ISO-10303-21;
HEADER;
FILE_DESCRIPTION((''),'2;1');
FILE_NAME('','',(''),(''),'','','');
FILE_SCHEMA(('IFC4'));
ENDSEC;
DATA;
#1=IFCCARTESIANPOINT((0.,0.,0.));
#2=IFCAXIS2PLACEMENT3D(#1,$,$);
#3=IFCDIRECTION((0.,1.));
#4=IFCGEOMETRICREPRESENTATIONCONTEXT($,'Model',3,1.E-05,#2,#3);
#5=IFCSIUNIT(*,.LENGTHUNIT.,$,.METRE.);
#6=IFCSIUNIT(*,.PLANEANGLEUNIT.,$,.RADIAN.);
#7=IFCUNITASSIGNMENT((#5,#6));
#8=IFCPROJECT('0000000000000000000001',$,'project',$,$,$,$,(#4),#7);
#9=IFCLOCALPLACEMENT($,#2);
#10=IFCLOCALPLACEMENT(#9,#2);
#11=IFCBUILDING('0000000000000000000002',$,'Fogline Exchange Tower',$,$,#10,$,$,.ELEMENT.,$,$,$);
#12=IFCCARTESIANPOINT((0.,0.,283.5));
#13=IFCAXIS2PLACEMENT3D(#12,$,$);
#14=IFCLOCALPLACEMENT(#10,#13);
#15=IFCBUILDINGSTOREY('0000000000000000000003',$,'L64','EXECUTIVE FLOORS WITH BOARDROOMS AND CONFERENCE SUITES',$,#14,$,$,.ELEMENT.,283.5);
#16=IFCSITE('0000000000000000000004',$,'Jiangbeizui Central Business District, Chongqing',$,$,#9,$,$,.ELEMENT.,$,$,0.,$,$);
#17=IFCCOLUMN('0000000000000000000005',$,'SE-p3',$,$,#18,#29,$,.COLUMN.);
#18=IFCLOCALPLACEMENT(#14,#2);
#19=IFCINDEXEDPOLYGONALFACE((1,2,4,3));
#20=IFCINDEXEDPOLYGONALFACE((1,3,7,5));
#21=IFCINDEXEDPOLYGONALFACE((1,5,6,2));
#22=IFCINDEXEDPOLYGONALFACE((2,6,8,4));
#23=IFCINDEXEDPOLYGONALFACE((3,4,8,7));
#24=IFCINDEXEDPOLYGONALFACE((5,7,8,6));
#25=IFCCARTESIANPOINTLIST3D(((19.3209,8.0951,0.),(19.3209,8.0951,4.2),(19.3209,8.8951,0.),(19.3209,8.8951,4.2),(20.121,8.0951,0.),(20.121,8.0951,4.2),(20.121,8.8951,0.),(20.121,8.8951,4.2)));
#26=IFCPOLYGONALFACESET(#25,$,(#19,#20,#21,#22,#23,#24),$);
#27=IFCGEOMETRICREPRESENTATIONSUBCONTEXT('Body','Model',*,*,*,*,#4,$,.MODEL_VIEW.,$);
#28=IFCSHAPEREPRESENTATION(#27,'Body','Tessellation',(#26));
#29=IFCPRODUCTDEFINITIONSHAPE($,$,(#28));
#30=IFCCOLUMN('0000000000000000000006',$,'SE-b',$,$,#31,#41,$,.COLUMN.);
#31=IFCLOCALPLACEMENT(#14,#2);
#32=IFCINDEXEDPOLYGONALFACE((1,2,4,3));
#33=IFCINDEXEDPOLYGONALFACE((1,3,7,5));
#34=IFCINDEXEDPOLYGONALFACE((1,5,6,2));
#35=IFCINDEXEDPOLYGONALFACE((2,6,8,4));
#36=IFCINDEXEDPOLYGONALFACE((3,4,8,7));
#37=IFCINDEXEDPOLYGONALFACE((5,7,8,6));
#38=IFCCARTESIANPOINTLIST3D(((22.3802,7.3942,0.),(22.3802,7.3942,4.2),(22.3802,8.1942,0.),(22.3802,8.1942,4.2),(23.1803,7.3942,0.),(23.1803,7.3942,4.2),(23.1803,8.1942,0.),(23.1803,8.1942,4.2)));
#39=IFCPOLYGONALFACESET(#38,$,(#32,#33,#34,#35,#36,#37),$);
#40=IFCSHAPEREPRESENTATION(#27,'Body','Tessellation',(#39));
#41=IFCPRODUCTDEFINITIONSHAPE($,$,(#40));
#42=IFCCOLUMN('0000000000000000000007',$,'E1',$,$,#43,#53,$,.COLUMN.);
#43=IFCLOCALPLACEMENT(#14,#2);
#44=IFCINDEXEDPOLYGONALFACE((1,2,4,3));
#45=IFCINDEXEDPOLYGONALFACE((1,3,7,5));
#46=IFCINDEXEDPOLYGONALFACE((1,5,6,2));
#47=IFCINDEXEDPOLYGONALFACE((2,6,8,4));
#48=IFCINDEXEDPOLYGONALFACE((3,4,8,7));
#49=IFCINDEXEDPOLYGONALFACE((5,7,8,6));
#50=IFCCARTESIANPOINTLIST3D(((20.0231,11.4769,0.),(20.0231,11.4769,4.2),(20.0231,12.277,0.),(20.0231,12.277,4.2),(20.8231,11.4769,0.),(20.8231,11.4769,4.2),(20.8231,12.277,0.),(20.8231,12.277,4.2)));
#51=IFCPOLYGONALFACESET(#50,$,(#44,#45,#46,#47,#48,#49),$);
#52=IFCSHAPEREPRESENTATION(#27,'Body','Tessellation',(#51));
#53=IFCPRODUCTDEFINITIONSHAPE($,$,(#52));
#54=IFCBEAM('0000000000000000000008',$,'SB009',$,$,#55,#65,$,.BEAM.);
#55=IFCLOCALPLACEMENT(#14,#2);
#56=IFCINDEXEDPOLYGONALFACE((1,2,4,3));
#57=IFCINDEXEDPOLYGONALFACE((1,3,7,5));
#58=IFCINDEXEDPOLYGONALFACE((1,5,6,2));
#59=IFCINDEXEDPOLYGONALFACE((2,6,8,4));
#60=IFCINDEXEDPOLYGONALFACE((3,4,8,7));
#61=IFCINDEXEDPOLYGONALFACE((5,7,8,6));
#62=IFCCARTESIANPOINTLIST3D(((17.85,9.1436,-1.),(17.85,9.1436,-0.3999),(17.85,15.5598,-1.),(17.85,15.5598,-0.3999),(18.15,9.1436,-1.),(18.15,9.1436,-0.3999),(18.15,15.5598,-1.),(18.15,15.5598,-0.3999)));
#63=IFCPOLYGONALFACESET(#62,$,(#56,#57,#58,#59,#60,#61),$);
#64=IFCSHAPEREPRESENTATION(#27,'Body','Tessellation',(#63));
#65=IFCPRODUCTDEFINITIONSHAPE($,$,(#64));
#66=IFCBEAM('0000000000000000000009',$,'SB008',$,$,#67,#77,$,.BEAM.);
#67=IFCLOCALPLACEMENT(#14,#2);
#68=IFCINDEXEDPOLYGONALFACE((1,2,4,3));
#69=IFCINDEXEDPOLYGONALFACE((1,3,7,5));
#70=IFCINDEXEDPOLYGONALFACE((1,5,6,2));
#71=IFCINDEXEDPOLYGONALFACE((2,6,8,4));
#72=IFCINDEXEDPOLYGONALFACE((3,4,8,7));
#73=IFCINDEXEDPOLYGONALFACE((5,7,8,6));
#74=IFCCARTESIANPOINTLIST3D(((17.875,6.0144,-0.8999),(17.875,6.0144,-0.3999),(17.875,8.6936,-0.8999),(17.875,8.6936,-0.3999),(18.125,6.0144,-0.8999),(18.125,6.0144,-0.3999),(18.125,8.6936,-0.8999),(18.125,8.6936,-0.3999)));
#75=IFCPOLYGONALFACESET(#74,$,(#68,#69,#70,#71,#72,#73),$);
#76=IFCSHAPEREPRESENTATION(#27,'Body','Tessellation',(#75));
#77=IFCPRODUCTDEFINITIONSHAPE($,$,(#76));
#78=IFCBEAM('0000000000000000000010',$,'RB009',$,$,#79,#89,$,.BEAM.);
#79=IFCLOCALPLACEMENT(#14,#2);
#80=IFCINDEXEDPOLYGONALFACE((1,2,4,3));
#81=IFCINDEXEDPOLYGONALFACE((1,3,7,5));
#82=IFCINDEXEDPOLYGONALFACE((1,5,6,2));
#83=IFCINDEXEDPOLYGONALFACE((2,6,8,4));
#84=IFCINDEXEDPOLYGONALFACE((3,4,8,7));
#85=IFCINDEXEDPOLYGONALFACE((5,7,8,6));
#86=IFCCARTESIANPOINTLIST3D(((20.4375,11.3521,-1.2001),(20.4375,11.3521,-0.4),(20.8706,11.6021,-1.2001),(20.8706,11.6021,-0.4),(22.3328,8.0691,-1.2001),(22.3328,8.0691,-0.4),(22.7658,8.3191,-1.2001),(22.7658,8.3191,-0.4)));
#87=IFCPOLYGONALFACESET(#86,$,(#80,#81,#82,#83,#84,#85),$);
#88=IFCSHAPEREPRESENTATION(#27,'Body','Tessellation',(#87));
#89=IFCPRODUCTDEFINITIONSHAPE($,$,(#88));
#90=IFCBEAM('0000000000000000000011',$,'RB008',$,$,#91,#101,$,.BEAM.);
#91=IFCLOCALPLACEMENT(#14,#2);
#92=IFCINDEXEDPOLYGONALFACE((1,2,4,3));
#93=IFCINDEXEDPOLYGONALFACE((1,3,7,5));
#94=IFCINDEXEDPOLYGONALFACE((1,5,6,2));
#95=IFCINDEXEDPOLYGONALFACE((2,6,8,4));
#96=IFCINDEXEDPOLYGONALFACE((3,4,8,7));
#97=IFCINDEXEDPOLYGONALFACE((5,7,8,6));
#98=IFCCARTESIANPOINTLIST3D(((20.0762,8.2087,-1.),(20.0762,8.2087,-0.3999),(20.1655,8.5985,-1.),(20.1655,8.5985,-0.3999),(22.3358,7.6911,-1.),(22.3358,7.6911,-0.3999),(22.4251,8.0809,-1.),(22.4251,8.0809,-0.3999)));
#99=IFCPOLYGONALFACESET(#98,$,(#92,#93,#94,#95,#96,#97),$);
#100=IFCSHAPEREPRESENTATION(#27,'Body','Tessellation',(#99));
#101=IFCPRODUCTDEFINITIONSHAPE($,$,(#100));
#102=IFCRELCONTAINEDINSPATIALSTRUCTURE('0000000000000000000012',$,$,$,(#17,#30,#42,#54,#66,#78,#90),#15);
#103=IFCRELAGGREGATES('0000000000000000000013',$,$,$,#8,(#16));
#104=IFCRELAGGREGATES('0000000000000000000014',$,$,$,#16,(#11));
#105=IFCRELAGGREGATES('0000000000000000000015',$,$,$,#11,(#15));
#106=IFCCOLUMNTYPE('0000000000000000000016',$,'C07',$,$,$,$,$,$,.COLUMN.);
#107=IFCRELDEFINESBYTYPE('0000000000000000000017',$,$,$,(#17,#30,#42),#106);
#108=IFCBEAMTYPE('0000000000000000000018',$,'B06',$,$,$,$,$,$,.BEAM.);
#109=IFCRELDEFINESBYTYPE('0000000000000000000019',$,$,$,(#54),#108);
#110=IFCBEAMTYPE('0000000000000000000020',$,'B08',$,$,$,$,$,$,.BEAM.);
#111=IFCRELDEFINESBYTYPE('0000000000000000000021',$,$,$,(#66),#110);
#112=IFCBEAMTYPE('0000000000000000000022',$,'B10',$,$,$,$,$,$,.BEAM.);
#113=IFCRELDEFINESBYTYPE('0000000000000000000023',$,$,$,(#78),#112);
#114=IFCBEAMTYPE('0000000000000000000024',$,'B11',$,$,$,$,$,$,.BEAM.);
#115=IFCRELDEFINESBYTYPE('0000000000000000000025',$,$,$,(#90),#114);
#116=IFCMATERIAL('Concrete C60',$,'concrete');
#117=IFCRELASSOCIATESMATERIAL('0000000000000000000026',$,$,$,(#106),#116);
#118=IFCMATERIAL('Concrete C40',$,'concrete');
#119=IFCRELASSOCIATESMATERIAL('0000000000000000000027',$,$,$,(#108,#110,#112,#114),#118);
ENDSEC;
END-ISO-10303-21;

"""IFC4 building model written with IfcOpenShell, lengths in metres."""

from ifc_helpers import new_model, si_unit, direction, frame, origin, origin_2d, place, context, subcontext, project, spatial, rectangle, extrude, material, material_profile, profile_set, type_object, element, save


model = new_model("IFC4")

# Units and contexts
model_context = context("Model", 3, precision=1e-05, world=origin(), true_north=direction((0.0, 1.0)))
body_context = subcontext(model_context, "Body", "Model", "MODEL_VIEW")
ifc_project = project(units=[si_unit("LENGTHUNIT", "METRE"), si_unit("PLANEANGLEUNIT", "RADIAN")], contexts=[model_context])

# Site, building, storey
site_placement = place(None, origin())
site = spatial("IfcSite", under=ifc_project, at=site_placement, Name="Jiangbeizui Central Business District, Chongqing", CompositionType="ELEMENT", RefElevation=0.0)
building_placement = place(site_placement, origin())
building = spatial("IfcBuilding", under=site, at=building_placement, Name="Fogline Exchange Tower", CompositionType="ELEMENT")
storey_placement = place(building_placement, frame((0.0, 0.0, 283.5)))
storey = spatial("IfcBuildingStorey", under=building, at=storey_placement, Name="L64", Description="EXECUTIVE FLOORS WITH BOARDROOMS AND CONFERENCE SUITES", CompositionType="ELEMENT", Elevation=283.5)

# Columns
ifc_material_1 = material(Name="Concrete C60", Category="concrete")
ifc_material_profile_1 = material_profile(ifc_material_1, rectangle(XDim=0.8, YDim=0.8, at=origin_2d()), Name="RC 800x800")
ifc_profile_set_1 = profile_set([ifc_material_profile_1], Name="Concrete C60")
column_type = type_object("IfcColumnType", Name="C07", PredefinedType="COLUMN", material=ifc_profile_set_1)
for number, where, z_axis, x_axis, name in (
    (1, (19.7209, 8.4951, 0.0), (0.0, 0.0, 1.0), (1.0, 0.0, 0.0), "SE-p3"),
    (2, (22.7803, 7.7942, 0.0), (0.0, 0.0, 1.0), (1.0, 0.0, 0.0), "SE-b"),
    (3, (20.4231, 11.877, 0.0), (0.0, 0.0, 1.0), (1.0, 0.0, 0.0), "E1"),
):
    element("IfcColumn", number, at=place(storey_placement, frame(where, z_axis=z_axis, x_axis=x_axis)), inside=storey, type_object=column_type, Name=name, PredefinedType="COLUMN", context=body_context, shape_type="SweptSolid", body=[
        extrude(rectangle(XDim=0.8, YDim=0.8, at=origin_2d()), origin(), (0.0, 0.0, 1.0), 4.2),
    ])

# Beams
ifc_material_2 = material(Name="Concrete C40", Category="concrete")
ifc_material_profile_2 = material_profile(ifc_material_2, rectangle(XDim=0.3, YDim=0.6001, at=origin_2d()), Name="RC 300x600")
ifc_profile_set_2 = profile_set([ifc_material_profile_2], Name="Concrete C40")
beam_type_1 = type_object("IfcBeamType", Name="B06", PredefinedType="BEAM", material=ifc_profile_set_2)
beam_1_placement = place(storey_placement, frame((18.0, 9.1436, -0.7), z_axis=(0.0, 1.0, 0.0), x_axis=(-1.0, 0.0, 0.0)))
element("IfcBeam", 4, at=beam_1_placement, inside=storey, type_object=beam_type_1, Name="SB009", PredefinedType="BEAM", context=body_context, shape_type="SweptSolid", body=[
    extrude(rectangle(XDim=0.3, YDim=0.6001, at=origin_2d()), origin(), (0.0, 0.0, 1.0), 6.4163),
])
ifc_material_profile_3 = material_profile(ifc_material_2, rectangle(XDim=0.25, YDim=0.5, at=origin_2d()), Name="RC 250x500")
ifc_profile_set_3 = profile_set([ifc_material_profile_3], Name="Concrete C40")
beam_type_2 = type_object("IfcBeamType", Name="B08", PredefinedType="BEAM", material=ifc_profile_set_3)
beam_2_placement = place(storey_placement, frame((18.0, 6.0144, -0.6499), z_axis=(0.0, 1.0, 0.0), x_axis=(-1.0, 0.0, 0.0)))
element("IfcBeam", 5, at=beam_2_placement, inside=storey, type_object=beam_type_2, Name="SB008", PredefinedType="BEAM", context=body_context, shape_type="SweptSolid", body=[
    extrude(rectangle(XDim=0.25, YDim=0.5, at=origin_2d()), origin(), (0.0, 0.0, 1.0), 2.6792),
])
ifc_material_profile_4 = material_profile(ifc_material_2, rectangle(XDim=0.5, YDim=0.8, at=origin_2d()), Name="RC 500x800")
ifc_profile_set_4 = profile_set([ifc_material_profile_4], Name="Concrete C40")
beam_type_3 = type_object("IfcBeamType", Name="B10", PredefinedType="BEAM", material=ifc_profile_set_4)
beam_3_placement = place(storey_placement, frame((22.5493, 8.1941, -0.8), z_axis=(-0.49997, 0.866043, 0.0), x_axis=(-0.866043, -0.49997, 0.0)))
element("IfcBeam", 6, at=beam_3_placement, inside=storey, type_object=beam_type_3, Name="RB009", PredefinedType="BEAM", context=body_context, shape_type="SweptSolid", body=[
    extrude(rectangle(XDim=0.5, YDim=0.8, at=origin_2d()), origin(), (0.0, 0.0, 1.0), 3.7908),
])
ifc_material_profile_5 = material_profile(ifc_material_2, rectangle(XDim=0.3999, YDim=0.6001, at=origin_2d()), Name="RC 400x600")
ifc_profile_set_5 = profile_set([ifc_material_profile_5], Name="Concrete C40")
beam_type_4 = type_object("IfcBeamType", Name="B11", PredefinedType="BEAM", material=ifc_profile_set_5)
beam_4_placement = place(storey_placement, frame((20.1208, 8.4036, -0.7), z_axis=(0.974754, -0.223282, 0.0), x_axis=(0.223282, 0.974754, 0.0)))
element("IfcBeam", 7, at=beam_4_placement, inside=storey, type_object=beam_type_4, Name="RB008", PredefinedType="BEAM", context=body_context, shape_type="SweptSolid", body=[
    extrude(rectangle(XDim=0.3999, YDim=0.6001, at=origin_2d()), origin(), (0.0, 0.0, 1.0), 2.3181),
])

save(model, "model.ifc")
